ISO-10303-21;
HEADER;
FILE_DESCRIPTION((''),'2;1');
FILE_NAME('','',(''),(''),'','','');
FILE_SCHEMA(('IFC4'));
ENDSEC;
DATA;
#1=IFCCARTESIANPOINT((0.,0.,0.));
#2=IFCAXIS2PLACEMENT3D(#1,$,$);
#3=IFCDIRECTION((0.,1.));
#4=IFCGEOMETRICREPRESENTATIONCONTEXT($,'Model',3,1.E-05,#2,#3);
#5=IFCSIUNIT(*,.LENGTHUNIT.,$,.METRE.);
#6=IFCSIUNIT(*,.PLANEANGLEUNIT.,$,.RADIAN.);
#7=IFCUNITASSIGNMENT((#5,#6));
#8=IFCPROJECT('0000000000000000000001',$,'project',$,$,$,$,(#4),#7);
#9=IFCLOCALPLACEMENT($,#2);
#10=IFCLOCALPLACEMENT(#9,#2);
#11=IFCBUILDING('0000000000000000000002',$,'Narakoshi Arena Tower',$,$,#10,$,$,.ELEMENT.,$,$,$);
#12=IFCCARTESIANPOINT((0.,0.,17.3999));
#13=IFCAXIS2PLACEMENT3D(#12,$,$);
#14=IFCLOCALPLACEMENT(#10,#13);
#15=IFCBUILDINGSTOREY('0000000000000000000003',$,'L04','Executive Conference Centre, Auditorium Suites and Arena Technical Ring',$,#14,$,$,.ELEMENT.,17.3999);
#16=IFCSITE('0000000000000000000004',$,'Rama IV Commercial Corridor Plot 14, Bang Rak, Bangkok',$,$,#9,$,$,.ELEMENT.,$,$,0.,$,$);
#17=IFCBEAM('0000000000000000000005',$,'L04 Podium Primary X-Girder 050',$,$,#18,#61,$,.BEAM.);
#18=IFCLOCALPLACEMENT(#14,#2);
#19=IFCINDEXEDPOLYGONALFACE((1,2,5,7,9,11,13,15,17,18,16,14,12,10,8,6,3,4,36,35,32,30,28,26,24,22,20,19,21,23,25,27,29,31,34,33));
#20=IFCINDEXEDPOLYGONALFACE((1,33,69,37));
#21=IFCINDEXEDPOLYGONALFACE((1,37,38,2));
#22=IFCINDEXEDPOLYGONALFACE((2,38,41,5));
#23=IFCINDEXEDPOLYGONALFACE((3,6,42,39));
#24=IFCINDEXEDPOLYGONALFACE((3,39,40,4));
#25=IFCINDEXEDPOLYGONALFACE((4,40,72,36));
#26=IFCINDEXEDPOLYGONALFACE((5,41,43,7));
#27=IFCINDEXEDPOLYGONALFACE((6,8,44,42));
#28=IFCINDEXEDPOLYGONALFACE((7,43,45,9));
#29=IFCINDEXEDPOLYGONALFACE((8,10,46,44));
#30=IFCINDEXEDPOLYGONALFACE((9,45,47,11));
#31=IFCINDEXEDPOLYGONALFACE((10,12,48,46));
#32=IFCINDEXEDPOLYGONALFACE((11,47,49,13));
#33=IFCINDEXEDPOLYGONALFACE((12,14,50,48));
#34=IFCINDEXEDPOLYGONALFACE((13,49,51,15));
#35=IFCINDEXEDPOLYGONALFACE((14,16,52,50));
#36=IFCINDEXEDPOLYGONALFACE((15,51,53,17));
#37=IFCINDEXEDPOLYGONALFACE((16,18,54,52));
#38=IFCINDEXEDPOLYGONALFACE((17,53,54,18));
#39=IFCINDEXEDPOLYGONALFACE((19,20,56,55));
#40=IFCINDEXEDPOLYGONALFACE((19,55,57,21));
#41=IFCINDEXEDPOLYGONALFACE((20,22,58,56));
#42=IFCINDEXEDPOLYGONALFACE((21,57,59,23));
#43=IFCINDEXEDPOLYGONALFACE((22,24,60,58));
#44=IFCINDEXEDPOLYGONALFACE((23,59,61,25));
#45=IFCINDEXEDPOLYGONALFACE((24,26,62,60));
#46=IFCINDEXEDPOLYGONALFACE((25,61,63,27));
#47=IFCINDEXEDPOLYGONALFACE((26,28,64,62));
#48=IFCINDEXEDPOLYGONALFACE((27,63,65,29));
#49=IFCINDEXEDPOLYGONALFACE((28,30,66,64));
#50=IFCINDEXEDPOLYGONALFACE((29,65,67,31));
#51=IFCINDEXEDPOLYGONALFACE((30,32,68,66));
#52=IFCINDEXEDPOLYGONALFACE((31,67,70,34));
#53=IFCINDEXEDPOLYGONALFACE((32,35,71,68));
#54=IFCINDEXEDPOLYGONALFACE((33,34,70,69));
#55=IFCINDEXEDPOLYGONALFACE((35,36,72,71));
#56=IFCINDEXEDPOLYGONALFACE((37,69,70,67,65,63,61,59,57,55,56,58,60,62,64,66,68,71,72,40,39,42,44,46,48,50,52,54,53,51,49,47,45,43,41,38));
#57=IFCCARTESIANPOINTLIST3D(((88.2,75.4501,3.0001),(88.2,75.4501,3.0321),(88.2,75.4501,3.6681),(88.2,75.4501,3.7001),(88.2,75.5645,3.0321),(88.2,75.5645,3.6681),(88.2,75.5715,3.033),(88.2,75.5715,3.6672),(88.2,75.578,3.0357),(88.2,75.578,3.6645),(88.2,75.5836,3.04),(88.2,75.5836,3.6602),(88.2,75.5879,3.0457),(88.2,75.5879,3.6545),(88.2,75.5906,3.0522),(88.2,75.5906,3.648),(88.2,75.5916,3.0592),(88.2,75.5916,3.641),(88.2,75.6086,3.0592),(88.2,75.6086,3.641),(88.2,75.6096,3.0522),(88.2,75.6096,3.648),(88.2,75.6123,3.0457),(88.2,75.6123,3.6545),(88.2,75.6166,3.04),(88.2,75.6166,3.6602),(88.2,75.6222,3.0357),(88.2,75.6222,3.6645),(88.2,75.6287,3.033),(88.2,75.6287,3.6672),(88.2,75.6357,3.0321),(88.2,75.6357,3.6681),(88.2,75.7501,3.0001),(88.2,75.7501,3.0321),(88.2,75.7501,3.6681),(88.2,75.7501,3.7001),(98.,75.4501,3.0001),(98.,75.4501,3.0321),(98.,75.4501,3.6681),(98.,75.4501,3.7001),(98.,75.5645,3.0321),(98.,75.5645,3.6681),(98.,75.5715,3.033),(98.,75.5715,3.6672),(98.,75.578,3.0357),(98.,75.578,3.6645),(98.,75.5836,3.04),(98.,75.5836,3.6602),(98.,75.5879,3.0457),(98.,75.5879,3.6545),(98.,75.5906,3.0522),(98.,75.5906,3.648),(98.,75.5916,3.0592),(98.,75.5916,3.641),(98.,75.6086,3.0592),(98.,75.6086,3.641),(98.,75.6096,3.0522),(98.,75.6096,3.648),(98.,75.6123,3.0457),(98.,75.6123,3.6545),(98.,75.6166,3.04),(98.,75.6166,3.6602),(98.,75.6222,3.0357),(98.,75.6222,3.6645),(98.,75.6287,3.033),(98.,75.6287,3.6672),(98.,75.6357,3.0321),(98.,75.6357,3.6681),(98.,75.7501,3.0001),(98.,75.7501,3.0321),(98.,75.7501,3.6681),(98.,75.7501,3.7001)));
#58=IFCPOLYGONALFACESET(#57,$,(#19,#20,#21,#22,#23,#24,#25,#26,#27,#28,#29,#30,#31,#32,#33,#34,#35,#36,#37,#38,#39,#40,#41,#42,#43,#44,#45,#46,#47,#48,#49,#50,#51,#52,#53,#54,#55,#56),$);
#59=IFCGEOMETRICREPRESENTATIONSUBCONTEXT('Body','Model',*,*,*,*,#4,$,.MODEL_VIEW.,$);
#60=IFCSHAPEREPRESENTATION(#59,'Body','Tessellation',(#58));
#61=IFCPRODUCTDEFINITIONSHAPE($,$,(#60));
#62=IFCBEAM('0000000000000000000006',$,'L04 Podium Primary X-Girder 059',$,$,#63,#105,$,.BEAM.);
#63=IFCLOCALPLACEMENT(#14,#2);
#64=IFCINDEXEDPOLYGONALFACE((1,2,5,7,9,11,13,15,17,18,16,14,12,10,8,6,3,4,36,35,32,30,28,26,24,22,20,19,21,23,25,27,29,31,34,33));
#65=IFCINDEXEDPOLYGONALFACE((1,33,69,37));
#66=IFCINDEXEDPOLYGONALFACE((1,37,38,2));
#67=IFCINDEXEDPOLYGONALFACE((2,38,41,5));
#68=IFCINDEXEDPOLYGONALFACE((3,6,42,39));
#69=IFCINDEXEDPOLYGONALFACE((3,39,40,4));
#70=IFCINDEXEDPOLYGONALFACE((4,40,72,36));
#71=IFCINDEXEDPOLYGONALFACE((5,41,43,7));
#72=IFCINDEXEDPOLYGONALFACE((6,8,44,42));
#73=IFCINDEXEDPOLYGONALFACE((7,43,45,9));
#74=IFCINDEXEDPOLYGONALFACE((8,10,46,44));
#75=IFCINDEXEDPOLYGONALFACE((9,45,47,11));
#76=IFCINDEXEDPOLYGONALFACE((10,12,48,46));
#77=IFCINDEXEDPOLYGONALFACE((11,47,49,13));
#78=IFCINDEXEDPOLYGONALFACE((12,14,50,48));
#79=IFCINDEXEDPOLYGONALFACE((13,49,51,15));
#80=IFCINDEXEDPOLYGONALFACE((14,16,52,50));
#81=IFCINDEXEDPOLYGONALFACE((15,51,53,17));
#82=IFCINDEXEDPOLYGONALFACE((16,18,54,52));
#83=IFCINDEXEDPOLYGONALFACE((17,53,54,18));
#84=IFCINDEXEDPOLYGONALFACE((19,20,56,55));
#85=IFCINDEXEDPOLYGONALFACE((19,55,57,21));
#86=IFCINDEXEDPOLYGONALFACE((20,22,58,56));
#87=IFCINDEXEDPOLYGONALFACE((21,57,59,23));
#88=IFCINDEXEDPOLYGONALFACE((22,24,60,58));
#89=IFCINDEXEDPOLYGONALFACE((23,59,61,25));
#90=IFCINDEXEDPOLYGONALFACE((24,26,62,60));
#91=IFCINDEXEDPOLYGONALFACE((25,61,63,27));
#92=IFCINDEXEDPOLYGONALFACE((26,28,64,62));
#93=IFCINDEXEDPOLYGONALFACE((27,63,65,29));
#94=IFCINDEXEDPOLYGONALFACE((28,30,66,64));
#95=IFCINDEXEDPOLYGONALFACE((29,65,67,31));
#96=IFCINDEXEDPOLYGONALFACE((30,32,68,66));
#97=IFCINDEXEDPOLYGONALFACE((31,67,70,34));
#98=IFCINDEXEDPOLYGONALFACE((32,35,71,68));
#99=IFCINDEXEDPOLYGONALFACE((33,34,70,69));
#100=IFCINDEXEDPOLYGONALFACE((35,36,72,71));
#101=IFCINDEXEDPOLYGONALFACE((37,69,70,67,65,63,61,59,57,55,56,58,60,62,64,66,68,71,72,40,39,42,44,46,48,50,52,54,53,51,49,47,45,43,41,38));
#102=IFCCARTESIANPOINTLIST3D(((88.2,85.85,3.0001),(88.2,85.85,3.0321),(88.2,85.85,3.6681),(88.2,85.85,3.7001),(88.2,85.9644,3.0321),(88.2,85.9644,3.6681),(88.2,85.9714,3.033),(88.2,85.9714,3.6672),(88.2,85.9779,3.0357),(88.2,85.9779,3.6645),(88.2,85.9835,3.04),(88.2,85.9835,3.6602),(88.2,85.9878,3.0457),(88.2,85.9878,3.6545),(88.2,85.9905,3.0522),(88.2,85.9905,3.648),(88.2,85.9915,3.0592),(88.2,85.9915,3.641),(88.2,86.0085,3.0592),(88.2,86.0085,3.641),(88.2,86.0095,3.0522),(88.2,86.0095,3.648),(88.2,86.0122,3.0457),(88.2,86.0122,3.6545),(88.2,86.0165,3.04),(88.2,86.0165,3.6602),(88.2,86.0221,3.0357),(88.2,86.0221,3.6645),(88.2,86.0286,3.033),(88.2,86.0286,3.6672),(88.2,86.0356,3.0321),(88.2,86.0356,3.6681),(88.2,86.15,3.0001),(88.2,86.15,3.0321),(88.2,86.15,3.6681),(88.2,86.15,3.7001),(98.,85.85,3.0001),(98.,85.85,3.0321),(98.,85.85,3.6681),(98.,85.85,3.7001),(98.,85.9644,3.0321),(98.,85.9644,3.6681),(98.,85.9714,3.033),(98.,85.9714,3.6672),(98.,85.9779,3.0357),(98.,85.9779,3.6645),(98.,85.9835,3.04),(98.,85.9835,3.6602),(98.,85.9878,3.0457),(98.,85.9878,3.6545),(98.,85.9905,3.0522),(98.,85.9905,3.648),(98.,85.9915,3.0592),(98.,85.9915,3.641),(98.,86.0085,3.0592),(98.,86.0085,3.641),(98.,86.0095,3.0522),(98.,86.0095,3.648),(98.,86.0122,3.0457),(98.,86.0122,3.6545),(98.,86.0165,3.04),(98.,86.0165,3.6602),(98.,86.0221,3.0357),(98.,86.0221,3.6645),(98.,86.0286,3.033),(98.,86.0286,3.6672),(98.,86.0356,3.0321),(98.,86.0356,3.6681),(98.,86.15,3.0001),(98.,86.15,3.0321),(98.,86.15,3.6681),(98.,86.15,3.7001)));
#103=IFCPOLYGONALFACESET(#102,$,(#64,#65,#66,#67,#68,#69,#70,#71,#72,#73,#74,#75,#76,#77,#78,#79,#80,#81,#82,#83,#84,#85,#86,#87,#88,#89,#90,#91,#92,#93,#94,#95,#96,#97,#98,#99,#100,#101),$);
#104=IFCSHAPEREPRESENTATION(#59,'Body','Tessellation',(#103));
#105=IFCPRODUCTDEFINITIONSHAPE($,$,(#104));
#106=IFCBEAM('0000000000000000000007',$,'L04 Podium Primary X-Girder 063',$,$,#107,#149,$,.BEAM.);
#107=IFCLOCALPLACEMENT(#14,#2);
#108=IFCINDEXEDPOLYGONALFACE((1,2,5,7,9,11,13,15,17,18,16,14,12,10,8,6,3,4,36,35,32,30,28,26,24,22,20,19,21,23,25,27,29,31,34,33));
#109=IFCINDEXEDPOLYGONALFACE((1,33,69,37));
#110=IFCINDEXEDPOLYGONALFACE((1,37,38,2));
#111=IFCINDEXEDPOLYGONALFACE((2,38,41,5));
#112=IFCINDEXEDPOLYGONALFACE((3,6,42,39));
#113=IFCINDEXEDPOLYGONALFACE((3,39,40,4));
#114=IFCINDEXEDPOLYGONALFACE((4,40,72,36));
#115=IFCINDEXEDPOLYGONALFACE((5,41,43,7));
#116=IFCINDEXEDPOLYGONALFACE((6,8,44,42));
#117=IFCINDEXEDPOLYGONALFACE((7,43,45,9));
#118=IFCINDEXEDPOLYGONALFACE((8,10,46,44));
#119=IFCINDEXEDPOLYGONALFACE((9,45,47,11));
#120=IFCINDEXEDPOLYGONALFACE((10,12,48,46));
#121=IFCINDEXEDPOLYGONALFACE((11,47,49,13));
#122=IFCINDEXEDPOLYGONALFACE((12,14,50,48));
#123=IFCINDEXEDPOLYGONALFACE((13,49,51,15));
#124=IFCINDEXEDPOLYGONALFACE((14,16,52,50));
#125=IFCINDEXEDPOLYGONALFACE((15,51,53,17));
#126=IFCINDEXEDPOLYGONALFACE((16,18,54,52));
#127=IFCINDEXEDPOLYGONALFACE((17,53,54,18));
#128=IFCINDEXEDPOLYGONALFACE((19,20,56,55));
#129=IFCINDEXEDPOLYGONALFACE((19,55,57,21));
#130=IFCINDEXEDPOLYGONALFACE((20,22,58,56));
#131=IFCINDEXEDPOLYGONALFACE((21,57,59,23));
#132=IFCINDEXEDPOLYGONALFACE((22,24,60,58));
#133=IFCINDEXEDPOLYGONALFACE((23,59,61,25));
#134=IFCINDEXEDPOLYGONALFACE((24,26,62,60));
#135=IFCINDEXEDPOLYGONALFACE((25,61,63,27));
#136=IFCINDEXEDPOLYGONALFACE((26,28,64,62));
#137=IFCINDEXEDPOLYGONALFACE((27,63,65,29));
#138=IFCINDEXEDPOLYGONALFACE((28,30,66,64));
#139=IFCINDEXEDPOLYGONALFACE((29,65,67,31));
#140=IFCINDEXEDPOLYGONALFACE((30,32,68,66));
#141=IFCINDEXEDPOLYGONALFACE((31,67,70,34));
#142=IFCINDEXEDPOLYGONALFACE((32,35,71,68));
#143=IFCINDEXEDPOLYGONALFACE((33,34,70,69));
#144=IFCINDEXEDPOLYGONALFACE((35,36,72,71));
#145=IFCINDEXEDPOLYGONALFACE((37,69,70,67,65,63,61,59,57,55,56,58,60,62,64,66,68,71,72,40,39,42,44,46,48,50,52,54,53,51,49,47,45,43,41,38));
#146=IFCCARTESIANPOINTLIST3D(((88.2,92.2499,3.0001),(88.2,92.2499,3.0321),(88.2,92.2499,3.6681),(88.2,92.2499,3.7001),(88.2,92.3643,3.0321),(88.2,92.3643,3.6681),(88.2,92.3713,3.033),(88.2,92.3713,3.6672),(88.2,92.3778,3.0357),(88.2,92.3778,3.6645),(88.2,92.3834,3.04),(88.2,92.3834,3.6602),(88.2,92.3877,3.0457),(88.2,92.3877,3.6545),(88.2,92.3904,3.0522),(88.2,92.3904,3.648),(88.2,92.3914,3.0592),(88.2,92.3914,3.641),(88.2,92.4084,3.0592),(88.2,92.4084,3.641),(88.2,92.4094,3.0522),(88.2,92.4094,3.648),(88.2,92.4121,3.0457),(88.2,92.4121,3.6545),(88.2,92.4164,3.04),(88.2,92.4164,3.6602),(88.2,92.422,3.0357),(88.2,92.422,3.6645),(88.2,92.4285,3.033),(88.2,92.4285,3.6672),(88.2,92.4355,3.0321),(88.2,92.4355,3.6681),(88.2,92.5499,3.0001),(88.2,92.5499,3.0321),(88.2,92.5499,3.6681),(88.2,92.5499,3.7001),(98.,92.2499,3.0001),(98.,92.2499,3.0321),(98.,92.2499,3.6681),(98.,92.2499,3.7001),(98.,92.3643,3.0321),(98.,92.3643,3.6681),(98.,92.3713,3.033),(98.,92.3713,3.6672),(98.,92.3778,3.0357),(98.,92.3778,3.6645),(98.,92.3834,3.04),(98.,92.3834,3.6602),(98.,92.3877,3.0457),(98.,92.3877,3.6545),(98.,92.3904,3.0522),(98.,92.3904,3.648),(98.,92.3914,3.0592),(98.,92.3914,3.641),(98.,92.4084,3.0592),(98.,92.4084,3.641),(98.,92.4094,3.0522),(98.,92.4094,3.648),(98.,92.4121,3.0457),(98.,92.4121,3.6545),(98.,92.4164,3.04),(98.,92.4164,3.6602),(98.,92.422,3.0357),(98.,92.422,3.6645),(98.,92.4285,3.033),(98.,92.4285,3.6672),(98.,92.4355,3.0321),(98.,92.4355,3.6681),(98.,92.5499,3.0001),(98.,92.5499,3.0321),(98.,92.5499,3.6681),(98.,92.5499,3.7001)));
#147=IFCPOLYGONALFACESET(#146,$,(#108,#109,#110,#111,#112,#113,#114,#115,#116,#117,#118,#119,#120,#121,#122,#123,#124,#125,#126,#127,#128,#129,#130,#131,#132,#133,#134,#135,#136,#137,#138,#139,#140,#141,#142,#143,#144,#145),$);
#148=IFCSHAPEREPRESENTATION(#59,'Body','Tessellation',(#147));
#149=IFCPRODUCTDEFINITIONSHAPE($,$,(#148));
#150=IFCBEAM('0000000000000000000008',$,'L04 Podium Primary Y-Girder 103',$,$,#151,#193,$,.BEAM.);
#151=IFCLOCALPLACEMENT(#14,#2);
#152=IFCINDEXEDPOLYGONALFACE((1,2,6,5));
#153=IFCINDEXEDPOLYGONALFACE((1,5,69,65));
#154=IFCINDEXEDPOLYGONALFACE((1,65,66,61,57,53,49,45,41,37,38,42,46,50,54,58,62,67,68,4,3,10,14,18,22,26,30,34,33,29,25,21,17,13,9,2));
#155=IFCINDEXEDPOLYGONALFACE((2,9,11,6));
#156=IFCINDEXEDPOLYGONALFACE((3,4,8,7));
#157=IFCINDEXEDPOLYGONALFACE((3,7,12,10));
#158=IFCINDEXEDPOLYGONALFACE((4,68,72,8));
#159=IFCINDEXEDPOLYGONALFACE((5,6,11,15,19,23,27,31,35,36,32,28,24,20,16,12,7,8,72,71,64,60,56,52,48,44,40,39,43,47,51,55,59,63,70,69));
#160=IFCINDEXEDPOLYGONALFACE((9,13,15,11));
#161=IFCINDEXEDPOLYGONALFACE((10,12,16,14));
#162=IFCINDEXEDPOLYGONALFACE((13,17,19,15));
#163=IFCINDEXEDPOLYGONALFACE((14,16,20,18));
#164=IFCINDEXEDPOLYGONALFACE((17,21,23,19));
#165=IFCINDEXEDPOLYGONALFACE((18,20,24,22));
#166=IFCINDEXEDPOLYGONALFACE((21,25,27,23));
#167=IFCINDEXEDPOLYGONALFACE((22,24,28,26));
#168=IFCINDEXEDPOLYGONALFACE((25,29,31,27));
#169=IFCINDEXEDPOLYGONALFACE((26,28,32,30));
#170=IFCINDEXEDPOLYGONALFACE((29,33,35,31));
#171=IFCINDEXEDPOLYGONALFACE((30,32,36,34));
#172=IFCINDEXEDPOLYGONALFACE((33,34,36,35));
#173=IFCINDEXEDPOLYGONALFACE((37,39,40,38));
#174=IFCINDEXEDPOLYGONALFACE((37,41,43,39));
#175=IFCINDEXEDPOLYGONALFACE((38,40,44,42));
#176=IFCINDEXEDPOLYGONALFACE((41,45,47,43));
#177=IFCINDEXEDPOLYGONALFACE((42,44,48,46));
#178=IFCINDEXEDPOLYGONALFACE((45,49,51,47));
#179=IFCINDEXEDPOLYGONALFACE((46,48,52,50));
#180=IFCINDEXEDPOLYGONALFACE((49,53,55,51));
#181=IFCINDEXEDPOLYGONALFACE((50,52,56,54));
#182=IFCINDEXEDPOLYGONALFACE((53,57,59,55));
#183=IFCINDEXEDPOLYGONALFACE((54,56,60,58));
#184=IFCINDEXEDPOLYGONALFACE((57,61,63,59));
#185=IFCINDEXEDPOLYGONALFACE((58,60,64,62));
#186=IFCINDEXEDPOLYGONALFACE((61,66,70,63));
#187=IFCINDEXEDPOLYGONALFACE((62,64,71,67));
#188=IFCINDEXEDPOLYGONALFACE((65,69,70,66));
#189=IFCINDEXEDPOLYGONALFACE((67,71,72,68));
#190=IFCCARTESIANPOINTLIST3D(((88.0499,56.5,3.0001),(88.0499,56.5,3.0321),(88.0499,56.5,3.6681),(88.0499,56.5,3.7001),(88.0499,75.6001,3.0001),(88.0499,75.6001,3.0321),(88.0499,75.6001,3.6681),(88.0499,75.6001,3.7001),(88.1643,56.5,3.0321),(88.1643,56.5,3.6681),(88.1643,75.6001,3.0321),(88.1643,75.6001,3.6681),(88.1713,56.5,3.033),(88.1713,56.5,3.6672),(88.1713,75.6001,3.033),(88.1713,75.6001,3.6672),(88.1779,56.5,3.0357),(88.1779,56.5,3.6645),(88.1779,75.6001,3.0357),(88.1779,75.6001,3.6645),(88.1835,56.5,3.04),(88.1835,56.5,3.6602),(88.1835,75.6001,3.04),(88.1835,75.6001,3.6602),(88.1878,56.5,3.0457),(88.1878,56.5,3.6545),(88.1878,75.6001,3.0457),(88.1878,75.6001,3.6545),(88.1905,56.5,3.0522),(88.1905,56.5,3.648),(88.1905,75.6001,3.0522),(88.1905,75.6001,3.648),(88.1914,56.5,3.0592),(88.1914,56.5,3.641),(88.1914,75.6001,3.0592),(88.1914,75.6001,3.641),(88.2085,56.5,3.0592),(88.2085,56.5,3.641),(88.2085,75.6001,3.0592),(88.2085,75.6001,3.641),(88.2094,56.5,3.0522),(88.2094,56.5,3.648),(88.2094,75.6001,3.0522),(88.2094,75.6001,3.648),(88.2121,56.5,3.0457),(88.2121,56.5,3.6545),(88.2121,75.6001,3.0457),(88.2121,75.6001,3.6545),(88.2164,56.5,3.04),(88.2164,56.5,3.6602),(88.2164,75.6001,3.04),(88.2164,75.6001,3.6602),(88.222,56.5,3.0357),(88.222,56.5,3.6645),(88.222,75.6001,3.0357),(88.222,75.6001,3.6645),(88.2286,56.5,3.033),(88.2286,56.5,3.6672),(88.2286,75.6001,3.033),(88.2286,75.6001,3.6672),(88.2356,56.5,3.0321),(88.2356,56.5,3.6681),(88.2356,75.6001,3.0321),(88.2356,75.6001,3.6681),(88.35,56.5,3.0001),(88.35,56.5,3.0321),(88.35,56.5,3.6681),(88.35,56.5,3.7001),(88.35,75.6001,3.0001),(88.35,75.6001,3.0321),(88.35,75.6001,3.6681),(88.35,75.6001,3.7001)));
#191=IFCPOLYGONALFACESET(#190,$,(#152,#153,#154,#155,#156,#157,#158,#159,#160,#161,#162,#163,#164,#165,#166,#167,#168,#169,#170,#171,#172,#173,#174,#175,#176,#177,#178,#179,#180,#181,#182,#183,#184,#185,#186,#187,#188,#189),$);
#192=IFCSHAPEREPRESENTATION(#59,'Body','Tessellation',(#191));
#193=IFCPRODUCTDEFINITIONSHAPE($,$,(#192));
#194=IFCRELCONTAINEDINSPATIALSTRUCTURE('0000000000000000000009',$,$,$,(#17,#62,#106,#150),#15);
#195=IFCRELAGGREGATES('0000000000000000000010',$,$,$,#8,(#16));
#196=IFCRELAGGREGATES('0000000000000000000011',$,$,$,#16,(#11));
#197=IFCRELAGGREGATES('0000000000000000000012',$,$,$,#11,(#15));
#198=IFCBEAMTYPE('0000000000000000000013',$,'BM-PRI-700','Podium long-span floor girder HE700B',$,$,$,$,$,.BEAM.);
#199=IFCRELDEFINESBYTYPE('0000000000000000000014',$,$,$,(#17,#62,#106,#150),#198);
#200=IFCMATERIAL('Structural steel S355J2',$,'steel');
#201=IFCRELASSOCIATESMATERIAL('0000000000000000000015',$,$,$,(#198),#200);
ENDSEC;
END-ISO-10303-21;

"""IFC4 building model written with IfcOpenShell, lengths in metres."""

from ifc_helpers import new_model, si_unit, direction, frame, origin, origin_2d, place, context, subcontext, project, spatial, i_section, extrude, material, material_profile, profile_set, type_object, element, save


model = new_model("IFC4")

# Units and contexts
model_context = context("Model", 3, precision=1e-05, world=origin(), true_north=direction((0.0, 1.0)))
body_context = subcontext(model_context, "Body", "Model", "MODEL_VIEW")
ifc_project = project(units=[si_unit("LENGTHUNIT", "METRE"), si_unit("PLANEANGLEUNIT", "RADIAN")], contexts=[model_context])

# Site, building, storey
site_placement = place(None, origin())
site = spatial("IfcSite", under=ifc_project, at=site_placement, Name="Rama IV Commercial Corridor Plot 14, Bang Rak, Bangkok", CompositionType="ELEMENT", RefElevation=0.0)
building_placement = place(site_placement, origin())
building = spatial("IfcBuilding", under=site, at=building_placement, Name="Narakoshi Arena Tower", CompositionType="ELEMENT")
storey_placement = place(building_placement, frame((0.0, 0.0, 17.3999)))
storey = spatial("IfcBuildingStorey", under=building, at=storey_placement, Name="L04", Description="Executive Conference Centre, Auditorium Suites and Arena Technical Ring", CompositionType="ELEMENT", Elevation=17.3999)

# Beams
ifc_material_1 = material(Name="Structural steel S355J2", Category="steel")
ifc_material_profile_1 = material_profile(ifc_material_1, i_section(OverallWidth=0.3, OverallDepth=0.7, WebThickness=0.0171, FlangeThickness=0.032, FilletRadius=0.0271, at=origin_2d()), Name="HE700B")
ifc_profile_set_1 = profile_set([ifc_material_profile_1], Name="Structural steel S355J2")
beam_type_1 = type_object("IfcBeamType", Name="BM-PRI-700", Description="Podium long-span floor girder HE700B", PredefinedType="BEAM", material=ifc_profile_set_1)
for number, where, z_axis, x_axis, name in (
    (1, (88.2, 75.6001, 3.3501), (1.0, 0.0, 0.0), (0.0, 1.0, 0.0), "L04 Podium Primary X-Girder 050"),
    (2, (88.2, 86.0, 3.3501), (1.0, 0.0, 0.0), (0.0, 1.0, 0.0), "L04 Podium Primary X-Girder 059"),
    (3, (88.2, 92.3999, 3.3501), (1.0, 0.0, 0.0), (0.0, 1.0, 0.0), "L04 Podium Primary X-Girder 063"),
):
    element("IfcBeam", number, at=place(storey_placement, frame(where, z_axis=z_axis, x_axis=x_axis)), inside=storey, type_object=beam_type_1, Name=name, PredefinedType="BEAM", context=body_context, shape_type="SweptSolid", body=[
        extrude(i_section(OverallWidth=0.3, OverallDepth=0.7, WebThickness=0.0171, FlangeThickness=0.032, FilletRadius=0.0271, at=origin_2d()), origin(), (0.0, 0.0, 1.0), 9.8),
    ])
beam_1_placement = place(storey_placement, frame((88.2, 56.5, 3.3501), z_axis=(0.0, 1.0, 0.0), x_axis=(-1.0, 0.0, 0.0)))
element("IfcBeam", 4, at=beam_1_placement, inside=storey, type_object=beam_type_1, Name="L04 Podium Primary Y-Girder 103", PredefinedType="BEAM", context=body_context, shape_type="SweptSolid", body=[
    extrude(i_section(OverallWidth=0.3, OverallDepth=0.7, WebThickness=0.0171, FlangeThickness=0.032, FilletRadius=0.0271, at=origin_2d()), origin(), (0.0, 0.0, 1.0), 19.1001),
])

save(model, "model.ifc")
